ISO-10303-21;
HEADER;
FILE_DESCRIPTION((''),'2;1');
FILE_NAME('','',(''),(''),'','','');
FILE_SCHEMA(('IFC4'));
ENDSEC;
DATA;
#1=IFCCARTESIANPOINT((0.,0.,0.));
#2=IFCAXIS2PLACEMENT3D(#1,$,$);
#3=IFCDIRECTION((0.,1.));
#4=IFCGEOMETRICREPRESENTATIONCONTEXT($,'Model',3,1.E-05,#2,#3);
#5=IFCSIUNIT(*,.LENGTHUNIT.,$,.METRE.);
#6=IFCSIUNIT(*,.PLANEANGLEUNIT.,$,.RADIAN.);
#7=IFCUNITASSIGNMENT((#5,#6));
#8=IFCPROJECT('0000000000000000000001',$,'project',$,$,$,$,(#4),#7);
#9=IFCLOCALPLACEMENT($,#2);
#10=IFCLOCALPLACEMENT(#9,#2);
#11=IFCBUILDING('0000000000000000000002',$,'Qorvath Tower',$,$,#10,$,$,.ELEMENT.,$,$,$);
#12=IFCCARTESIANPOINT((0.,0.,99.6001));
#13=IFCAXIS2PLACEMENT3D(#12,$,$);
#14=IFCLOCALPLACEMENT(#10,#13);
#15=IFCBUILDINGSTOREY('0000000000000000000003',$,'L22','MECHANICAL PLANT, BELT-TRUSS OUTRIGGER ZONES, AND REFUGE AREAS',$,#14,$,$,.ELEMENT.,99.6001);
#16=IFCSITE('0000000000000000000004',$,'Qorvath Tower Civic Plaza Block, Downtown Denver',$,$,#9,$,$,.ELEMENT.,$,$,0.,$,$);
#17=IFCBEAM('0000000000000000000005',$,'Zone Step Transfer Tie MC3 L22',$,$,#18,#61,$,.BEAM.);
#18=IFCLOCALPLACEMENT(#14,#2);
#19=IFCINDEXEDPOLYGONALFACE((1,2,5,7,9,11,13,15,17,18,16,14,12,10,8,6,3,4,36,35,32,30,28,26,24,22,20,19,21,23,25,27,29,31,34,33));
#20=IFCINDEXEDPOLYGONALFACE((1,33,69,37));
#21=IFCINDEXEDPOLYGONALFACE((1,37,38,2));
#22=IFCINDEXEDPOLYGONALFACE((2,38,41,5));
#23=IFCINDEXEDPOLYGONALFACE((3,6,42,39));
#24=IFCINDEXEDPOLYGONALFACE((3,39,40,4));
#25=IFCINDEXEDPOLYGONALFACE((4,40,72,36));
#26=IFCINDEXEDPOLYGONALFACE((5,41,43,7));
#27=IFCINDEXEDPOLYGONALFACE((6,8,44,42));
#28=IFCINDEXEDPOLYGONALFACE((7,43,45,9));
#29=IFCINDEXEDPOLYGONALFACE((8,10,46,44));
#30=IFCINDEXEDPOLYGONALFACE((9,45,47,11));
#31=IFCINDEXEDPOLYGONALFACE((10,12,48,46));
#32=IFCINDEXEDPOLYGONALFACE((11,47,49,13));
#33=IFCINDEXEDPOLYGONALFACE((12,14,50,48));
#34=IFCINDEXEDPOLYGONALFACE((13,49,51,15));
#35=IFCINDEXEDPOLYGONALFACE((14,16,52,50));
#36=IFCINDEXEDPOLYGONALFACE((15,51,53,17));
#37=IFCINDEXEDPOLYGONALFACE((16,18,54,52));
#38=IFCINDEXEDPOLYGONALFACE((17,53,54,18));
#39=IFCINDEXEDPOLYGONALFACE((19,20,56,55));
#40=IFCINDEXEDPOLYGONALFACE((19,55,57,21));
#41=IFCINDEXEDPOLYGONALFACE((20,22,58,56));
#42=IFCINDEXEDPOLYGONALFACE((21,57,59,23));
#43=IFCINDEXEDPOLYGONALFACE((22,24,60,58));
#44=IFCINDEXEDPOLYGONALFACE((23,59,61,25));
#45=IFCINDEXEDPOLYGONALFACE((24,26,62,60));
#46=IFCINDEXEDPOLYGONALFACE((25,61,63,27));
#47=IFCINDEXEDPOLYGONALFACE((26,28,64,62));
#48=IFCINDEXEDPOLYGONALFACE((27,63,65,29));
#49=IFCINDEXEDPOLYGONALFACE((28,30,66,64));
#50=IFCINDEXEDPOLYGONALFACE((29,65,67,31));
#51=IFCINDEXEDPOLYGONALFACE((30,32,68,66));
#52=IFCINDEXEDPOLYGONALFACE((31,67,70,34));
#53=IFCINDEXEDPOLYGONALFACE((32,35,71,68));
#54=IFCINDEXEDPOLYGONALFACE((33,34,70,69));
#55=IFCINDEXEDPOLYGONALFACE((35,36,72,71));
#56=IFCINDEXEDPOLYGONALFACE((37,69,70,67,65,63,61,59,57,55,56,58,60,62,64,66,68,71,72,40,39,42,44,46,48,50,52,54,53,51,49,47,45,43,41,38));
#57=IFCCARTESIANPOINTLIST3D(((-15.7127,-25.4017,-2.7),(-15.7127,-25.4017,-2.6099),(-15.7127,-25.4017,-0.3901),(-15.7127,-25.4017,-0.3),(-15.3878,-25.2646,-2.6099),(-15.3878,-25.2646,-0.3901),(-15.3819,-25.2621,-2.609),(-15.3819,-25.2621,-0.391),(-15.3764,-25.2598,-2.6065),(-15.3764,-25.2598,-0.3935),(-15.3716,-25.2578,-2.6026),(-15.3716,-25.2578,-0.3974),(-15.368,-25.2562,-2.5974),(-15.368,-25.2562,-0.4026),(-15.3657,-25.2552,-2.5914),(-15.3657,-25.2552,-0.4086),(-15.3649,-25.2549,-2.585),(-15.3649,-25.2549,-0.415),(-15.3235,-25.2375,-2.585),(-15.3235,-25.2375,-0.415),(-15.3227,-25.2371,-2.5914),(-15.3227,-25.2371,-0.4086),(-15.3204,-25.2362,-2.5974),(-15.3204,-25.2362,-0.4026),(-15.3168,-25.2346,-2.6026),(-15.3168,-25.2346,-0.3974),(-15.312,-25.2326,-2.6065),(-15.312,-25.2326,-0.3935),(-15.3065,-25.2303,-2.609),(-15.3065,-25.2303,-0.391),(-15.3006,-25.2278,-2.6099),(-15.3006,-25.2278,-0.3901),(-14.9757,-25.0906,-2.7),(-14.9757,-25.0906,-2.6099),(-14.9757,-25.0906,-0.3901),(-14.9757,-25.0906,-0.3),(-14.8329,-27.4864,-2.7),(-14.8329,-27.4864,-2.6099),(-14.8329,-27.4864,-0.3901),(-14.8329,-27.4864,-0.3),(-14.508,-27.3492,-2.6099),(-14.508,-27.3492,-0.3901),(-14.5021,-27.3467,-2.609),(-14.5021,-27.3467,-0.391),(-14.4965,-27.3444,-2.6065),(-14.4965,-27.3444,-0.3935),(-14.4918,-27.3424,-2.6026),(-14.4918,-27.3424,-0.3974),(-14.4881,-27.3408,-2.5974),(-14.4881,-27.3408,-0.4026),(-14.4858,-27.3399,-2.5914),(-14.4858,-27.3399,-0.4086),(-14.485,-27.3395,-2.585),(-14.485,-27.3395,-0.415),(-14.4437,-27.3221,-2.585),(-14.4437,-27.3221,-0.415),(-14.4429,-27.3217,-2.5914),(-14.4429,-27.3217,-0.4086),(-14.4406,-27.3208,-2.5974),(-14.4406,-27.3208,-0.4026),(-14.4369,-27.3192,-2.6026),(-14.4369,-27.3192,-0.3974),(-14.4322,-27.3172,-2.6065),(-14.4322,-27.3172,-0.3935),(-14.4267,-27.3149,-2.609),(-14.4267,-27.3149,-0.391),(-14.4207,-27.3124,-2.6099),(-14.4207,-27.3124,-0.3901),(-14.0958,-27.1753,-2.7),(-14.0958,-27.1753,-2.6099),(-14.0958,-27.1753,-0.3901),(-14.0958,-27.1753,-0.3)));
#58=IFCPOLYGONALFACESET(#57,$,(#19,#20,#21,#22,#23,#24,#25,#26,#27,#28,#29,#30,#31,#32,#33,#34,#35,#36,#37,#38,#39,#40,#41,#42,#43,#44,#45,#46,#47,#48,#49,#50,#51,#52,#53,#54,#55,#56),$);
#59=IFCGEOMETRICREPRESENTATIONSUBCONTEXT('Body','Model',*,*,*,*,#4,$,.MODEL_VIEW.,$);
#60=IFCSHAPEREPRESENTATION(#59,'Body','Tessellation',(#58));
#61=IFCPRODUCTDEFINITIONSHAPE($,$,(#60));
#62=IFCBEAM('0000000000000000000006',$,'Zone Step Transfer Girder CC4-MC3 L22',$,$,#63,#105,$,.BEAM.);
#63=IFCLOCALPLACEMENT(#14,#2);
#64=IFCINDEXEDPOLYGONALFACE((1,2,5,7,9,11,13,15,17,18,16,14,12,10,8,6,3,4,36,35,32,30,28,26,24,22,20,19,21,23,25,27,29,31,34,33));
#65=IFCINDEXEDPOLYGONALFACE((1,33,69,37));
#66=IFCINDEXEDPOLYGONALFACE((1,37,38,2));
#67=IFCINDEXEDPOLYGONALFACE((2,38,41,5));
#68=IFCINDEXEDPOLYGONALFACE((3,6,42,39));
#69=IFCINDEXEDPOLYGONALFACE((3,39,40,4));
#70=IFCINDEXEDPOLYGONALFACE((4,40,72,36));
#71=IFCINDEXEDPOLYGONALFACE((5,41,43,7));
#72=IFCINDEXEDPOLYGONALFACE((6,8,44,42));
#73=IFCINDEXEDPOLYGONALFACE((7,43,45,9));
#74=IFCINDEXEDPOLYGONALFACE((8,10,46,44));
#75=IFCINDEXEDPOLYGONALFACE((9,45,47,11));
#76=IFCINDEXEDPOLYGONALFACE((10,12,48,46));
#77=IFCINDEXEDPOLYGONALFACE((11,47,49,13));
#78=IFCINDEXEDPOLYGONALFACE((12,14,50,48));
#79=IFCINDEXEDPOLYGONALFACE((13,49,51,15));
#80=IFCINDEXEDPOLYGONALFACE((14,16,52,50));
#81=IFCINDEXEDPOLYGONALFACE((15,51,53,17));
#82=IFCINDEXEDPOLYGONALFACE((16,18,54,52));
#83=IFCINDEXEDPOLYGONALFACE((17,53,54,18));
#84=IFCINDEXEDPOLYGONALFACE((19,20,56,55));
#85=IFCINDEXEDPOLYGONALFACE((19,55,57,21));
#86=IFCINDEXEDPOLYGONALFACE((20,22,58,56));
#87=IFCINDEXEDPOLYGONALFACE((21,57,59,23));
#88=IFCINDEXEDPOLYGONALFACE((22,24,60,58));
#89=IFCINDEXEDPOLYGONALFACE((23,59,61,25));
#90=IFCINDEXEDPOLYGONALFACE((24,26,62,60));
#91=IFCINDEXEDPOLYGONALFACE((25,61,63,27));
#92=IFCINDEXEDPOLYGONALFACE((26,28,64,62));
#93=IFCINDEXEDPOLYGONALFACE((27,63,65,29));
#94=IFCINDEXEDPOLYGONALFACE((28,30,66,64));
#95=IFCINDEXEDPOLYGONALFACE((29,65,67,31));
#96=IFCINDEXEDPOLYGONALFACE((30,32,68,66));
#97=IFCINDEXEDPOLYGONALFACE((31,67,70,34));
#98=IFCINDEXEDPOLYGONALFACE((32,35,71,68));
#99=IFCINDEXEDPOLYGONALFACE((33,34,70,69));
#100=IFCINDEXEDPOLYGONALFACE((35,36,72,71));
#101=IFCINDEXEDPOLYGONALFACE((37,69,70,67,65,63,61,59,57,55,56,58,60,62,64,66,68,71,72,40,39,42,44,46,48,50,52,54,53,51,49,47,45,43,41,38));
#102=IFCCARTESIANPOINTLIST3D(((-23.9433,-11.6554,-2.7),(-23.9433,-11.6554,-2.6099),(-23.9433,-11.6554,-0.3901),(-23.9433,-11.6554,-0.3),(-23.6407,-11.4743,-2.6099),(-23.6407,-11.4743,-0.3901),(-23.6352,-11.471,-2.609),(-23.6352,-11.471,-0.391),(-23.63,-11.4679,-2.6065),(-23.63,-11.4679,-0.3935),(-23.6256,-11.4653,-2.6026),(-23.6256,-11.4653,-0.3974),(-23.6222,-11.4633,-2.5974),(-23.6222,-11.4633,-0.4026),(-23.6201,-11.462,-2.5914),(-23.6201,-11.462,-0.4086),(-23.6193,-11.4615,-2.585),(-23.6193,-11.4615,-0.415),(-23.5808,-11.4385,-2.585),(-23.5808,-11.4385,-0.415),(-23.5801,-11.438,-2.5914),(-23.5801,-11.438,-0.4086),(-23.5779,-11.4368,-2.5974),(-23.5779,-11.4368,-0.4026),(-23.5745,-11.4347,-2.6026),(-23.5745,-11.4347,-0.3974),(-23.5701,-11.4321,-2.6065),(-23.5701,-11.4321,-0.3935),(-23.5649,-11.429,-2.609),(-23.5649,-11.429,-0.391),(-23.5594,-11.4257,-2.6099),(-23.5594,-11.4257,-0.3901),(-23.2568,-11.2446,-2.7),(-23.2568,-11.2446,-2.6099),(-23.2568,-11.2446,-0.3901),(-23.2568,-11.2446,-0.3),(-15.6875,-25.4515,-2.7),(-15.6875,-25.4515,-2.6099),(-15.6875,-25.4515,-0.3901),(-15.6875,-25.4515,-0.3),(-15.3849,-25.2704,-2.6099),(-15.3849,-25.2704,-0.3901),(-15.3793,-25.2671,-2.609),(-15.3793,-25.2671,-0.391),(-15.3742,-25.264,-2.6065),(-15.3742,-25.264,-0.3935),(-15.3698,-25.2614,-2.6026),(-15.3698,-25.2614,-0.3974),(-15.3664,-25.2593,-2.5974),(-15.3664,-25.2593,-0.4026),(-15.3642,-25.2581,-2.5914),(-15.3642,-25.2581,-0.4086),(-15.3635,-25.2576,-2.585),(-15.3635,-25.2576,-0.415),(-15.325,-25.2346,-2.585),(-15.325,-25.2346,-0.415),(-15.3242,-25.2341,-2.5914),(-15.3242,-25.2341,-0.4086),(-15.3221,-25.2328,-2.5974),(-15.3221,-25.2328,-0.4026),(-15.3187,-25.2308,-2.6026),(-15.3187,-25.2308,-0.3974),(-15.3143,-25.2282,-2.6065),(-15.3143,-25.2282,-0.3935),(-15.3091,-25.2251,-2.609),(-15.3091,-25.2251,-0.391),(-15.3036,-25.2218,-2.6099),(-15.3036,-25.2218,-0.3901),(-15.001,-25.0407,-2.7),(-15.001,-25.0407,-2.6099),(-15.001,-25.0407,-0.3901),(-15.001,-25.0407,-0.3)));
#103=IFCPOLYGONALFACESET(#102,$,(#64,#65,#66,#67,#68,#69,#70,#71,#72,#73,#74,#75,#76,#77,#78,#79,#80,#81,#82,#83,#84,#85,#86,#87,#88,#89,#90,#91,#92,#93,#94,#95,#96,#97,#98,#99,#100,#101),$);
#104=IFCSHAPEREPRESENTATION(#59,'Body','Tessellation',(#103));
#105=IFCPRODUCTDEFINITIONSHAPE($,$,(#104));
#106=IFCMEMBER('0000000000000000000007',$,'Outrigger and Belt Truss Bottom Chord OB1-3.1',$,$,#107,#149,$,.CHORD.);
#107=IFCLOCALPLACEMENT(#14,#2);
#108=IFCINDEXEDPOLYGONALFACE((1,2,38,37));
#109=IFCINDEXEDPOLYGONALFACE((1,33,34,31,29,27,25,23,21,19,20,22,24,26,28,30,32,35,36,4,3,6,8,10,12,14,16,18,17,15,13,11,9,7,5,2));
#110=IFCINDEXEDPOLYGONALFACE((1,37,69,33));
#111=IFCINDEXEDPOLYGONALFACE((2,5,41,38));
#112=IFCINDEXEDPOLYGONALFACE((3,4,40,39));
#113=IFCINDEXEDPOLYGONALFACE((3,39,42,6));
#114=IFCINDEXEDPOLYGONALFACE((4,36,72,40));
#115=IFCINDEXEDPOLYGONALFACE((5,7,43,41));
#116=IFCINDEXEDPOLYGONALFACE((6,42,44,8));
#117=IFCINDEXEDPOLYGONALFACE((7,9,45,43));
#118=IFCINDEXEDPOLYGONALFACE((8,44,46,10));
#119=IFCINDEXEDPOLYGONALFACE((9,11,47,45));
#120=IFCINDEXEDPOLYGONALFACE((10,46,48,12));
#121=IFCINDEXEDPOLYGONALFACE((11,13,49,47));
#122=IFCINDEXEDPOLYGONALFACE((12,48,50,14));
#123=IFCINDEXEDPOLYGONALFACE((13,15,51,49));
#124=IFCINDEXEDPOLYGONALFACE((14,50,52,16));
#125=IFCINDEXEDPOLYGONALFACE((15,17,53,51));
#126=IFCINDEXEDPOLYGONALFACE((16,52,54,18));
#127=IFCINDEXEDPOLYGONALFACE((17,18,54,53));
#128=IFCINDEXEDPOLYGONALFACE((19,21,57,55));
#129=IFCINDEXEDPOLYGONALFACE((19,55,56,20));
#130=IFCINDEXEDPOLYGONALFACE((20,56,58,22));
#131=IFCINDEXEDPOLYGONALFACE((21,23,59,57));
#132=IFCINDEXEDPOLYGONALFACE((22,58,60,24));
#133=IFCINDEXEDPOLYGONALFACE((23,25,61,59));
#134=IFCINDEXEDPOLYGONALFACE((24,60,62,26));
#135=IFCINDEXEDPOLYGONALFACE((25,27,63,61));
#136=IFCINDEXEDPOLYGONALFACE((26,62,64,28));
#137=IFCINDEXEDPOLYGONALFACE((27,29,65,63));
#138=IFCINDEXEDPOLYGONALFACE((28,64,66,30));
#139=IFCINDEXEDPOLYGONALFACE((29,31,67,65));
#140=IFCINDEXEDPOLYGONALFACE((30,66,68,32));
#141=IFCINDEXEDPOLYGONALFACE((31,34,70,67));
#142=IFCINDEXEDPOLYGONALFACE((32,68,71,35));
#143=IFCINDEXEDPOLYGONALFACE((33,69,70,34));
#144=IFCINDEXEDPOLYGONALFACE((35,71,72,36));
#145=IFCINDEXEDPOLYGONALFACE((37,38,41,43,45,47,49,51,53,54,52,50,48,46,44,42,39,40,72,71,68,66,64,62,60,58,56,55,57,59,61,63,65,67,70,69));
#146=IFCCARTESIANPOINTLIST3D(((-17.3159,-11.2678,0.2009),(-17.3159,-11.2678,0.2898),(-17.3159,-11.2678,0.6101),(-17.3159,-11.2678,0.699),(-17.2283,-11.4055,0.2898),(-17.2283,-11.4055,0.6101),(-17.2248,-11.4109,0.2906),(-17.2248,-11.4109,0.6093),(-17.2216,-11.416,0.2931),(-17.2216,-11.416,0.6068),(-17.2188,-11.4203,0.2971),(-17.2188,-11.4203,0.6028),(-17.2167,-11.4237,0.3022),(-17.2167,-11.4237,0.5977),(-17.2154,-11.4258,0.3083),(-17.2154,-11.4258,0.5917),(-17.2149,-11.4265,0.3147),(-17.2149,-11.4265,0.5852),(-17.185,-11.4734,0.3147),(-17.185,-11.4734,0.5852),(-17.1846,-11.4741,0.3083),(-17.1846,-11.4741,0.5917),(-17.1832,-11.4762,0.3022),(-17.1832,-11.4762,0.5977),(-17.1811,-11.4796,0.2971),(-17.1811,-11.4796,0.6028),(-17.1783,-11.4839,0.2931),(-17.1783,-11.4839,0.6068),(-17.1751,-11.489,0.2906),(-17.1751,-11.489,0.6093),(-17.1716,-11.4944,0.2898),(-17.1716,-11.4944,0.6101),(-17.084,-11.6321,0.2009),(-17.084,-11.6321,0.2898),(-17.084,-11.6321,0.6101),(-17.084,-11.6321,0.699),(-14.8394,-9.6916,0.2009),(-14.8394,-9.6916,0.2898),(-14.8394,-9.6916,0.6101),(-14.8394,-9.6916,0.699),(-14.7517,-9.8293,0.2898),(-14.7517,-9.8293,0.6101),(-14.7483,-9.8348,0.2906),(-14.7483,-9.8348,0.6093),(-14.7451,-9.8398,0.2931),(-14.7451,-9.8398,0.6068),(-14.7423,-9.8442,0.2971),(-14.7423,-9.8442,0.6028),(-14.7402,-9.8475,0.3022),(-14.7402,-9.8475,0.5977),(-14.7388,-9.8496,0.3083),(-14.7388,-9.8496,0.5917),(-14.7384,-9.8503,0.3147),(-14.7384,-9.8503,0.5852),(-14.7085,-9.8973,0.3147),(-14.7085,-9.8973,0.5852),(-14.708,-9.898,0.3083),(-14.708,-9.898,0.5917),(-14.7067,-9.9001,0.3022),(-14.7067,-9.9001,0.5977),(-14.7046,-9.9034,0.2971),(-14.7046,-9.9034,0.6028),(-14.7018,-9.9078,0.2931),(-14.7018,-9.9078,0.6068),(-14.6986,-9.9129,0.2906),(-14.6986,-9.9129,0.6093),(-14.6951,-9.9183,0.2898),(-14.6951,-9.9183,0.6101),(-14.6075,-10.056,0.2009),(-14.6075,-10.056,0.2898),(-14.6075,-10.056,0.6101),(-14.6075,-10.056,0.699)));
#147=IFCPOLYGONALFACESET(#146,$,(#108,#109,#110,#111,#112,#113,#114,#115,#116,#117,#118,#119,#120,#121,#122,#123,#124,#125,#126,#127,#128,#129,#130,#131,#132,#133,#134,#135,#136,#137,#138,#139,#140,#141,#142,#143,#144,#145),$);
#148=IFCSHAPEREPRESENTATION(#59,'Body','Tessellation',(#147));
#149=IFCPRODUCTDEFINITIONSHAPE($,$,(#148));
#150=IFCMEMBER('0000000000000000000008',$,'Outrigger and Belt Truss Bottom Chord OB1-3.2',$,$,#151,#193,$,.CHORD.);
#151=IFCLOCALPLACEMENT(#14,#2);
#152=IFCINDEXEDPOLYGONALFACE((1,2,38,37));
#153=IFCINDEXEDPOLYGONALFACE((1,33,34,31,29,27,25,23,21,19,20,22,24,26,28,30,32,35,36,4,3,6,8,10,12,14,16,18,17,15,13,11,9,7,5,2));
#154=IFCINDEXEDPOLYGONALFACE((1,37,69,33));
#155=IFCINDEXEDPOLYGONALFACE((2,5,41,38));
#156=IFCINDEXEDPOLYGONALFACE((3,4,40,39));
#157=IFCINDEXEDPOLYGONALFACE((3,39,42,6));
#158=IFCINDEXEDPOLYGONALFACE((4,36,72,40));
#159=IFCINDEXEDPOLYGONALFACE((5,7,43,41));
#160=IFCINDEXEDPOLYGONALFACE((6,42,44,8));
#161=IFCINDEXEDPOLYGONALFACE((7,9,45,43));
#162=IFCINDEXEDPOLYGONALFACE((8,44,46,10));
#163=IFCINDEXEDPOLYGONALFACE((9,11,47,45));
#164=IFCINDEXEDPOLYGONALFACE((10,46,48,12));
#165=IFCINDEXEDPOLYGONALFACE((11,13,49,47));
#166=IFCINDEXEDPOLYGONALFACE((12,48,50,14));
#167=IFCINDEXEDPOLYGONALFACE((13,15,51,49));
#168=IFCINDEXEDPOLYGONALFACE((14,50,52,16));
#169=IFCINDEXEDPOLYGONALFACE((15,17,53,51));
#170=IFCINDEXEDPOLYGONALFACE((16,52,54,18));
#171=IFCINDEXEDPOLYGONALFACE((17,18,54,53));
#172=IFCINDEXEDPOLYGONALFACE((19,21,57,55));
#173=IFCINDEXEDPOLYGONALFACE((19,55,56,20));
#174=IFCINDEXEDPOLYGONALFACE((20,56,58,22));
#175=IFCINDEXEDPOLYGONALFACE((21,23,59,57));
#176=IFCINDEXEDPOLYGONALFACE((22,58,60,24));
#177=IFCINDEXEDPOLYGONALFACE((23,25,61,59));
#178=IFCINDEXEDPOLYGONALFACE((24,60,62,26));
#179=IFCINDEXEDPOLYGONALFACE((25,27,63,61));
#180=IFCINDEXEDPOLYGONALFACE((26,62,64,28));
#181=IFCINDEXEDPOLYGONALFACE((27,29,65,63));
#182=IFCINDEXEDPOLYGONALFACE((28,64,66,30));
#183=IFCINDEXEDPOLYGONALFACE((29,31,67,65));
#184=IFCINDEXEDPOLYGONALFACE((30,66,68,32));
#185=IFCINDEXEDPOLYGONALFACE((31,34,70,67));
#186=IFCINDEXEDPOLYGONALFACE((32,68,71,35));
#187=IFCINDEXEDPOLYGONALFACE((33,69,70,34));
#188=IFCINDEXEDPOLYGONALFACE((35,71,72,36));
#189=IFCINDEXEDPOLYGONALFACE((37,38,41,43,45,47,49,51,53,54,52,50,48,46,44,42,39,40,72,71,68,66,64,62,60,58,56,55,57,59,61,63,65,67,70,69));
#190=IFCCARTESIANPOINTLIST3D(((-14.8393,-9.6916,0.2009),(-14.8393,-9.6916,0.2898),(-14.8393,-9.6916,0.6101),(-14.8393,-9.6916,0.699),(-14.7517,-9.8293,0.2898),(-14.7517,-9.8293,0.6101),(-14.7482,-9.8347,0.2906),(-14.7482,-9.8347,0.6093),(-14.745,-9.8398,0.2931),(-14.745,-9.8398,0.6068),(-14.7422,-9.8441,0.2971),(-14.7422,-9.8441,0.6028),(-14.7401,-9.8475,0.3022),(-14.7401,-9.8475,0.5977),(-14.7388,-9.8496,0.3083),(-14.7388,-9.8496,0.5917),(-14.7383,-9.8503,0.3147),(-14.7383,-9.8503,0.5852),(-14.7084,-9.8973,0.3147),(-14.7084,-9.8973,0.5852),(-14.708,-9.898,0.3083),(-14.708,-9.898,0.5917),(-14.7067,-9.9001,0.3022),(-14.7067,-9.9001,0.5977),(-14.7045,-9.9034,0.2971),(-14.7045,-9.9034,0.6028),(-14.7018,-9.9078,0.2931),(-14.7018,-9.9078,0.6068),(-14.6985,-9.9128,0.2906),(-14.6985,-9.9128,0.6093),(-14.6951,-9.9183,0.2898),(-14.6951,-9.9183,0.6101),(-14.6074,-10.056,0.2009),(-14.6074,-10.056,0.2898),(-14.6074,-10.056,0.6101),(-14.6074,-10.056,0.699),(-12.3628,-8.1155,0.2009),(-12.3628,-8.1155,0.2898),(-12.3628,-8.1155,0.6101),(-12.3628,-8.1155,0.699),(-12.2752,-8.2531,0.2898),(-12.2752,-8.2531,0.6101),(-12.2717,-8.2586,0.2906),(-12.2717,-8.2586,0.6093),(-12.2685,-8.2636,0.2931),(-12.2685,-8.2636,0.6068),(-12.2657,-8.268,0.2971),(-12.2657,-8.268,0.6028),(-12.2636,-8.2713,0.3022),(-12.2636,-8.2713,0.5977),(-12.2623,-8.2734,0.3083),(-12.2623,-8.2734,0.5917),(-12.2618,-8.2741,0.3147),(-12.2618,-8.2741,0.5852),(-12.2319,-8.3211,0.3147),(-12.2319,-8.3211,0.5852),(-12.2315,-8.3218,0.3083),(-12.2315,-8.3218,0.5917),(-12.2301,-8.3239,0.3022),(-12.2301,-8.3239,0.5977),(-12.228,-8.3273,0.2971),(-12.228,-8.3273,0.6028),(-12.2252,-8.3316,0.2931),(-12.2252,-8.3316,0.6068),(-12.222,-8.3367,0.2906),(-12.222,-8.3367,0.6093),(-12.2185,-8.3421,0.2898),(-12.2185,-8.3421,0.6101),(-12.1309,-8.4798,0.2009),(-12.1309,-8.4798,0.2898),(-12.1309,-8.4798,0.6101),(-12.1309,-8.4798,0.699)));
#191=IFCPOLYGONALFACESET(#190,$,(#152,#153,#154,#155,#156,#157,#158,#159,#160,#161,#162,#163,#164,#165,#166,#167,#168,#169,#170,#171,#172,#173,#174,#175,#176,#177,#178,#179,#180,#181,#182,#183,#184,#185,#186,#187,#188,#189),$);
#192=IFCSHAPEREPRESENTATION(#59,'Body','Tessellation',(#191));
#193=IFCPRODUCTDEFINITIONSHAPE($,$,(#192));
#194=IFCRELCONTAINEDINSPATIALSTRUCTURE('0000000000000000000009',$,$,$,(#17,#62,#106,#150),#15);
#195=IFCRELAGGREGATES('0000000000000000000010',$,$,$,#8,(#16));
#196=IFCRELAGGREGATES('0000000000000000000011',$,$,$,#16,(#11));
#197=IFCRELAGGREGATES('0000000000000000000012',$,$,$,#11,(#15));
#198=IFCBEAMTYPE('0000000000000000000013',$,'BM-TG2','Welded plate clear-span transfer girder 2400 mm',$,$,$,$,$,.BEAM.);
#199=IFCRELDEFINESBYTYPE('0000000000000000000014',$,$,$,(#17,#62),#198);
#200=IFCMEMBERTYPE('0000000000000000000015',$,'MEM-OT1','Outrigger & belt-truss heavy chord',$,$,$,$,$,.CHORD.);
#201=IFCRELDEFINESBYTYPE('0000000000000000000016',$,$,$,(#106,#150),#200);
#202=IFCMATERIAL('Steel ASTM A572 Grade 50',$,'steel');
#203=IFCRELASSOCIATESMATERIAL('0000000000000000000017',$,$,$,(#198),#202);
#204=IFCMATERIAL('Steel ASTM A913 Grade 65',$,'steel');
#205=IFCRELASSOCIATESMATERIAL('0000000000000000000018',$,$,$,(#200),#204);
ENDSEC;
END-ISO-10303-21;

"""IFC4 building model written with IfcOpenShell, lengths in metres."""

from ifc_helpers import new_model, si_unit, direction, frame, origin, origin_2d, place, context, subcontext, project, spatial, i_section, extrude, material, material_profile, profile_set, type_object, element, save


model = new_model("IFC4")

# Units and contexts
model_context = context("Model", 3, precision=1e-05, world=origin(), true_north=direction((0.0, 1.0)))
body_context = subcontext(model_context, "Body", "Model", "MODEL_VIEW")
ifc_project = project(units=[si_unit("LENGTHUNIT", "METRE"), si_unit("PLANEANGLEUNIT", "RADIAN")], contexts=[model_context])

# Site, building, storey
site_placement = place(None, origin())
site = spatial("IfcSite", under=ifc_project, at=site_placement, Name="Qorvath Tower Civic Plaza Block, Downtown Denver", CompositionType="ELEMENT", RefElevation=0.0)
building_placement = place(site_placement, origin())
building = spatial("IfcBuilding", under=site, at=building_placement, Name="Qorvath Tower", CompositionType="ELEMENT")
storey_placement = place(building_placement, frame((0.0, 0.0, 99.6001)))
storey = spatial("IfcBuildingStorey", under=building, at=storey_placement, Name="L22", Description="MECHANICAL PLANT, BELT-TRUSS OUTRIGGER ZONES, AND REFUGE AREAS", CompositionType="ELEMENT", Elevation=99.6001)

# Beams
ifc_material_1 = material(Name="Steel ASTM A572 Grade 50", Category="steel")
ifc_material_profile_1 = material_profile(ifc_material_1, i_section(OverallWidth=0.8, OverallDepth=2.3999, WebThickness=0.0449, FlangeThickness=0.0901, FilletRadius=0.0249, at=origin_2d()), Name="WTG 2400x800")
ifc_profile_set_1 = profile_set([ifc_material_profile_1], Name="Steel ASTM A572 Grade 50")
beam_type_1 = type_object("IfcBeamType", Name="BM-TG2", Description="Welded plate clear-span transfer girder 2400 mm", PredefinedType="BEAM", material=ifc_profile_set_1)
beam_1_placement = place(storey_placement, frame((-14.4644, -27.3308, -1.5), z_axis=(-0.388848, 0.921302, 0.0), x_axis=(-0.921302, -0.388848, 0.0)))
element("IfcBeam", 1, at=beam_1_placement, inside=storey, type_object=beam_type_1, Name="Zone Step Transfer Tie MC3 L22", PredefinedType="BEAM", context=body_context, shape_type="SweptSolid", body=[
    extrude(i_section(OverallWidth=0.8, OverallDepth=2.3999, WebThickness=0.0449, FlangeThickness=0.0901, FilletRadius=0.0249, at=origin_2d()), origin(), (0.0, 0.0, 1.0), 2.2627),
])
beam_2_placement = place(storey_placement, frame((-15.3442, -25.2461, -1.5), z_axis=(-0.513497, 0.858091, 0.0), x_axis=(-0.858091, -0.513497, 0.0)))
element("IfcBeam", 2, at=beam_2_placement, inside=storey, type_object=beam_type_1, Name="Zone Step Transfer Girder CC4-MC3 L22", PredefinedType="BEAM", context=body_context, shape_type="SweptSolid", body=[
    extrude(i_section(OverallWidth=0.8, OverallDepth=2.3999, WebThickness=0.0449, FlangeThickness=0.0901, FilletRadius=0.0249, at=origin_2d()), origin(), (0.0, 0.0, 1.0), 16.0776),
])

# Members
ifc_material_2 = material(Name="Steel ASTM A913 Grade 65", Category="steel")
ifc_material_profile_2 = material_profile(ifc_material_2, i_section(OverallWidth=0.4319, OverallDepth=0.498, WebThickness=0.0557, FlangeThickness=0.0889, FilletRadius=0.0249, at=origin_2d()), Name="W14x500")
ifc_profile_set_2 = profile_set([ifc_material_profile_2], Name="Steel ASTM A913 Grade 65")
member_type_1 = type_object("IfcMemberType", Name="MEM-OT1", Description="Outrigger & belt-truss heavy chord", PredefinedType="CHORD", material=ifc_profile_set_2)
for number, where, z_axis, x_axis, name in (
    (3, (-17.2, -11.45, 0.45), (0.843634, 0.536919, 0.0), (-0.536919, 0.843634, 0.0), "Outrigger and Belt Truss Bottom Chord OB1-3.1"),
    (4, (-14.7234, -9.8738, 0.45), (0.843634, 0.536919, 0.0), (-0.536919, 0.843634, 0.0), "Outrigger and Belt Truss Bottom Chord OB1-3.2"),
):
    element("IfcMember", number, at=place(storey_placement, frame(where, z_axis=z_axis, x_axis=x_axis)), inside=storey, type_object=member_type_1, Name=name, PredefinedType="CHORD", context=body_context, shape_type="SweptSolid", body=[
        extrude(i_section(OverallWidth=0.4319, OverallDepth=0.498, WebThickness=0.0557, FlangeThickness=0.0889, FilletRadius=0.0249, at=origin_2d()), origin(), (0.0, 0.0, 1.0), 2.9355),
    ])

save(model, "model.ifc")
